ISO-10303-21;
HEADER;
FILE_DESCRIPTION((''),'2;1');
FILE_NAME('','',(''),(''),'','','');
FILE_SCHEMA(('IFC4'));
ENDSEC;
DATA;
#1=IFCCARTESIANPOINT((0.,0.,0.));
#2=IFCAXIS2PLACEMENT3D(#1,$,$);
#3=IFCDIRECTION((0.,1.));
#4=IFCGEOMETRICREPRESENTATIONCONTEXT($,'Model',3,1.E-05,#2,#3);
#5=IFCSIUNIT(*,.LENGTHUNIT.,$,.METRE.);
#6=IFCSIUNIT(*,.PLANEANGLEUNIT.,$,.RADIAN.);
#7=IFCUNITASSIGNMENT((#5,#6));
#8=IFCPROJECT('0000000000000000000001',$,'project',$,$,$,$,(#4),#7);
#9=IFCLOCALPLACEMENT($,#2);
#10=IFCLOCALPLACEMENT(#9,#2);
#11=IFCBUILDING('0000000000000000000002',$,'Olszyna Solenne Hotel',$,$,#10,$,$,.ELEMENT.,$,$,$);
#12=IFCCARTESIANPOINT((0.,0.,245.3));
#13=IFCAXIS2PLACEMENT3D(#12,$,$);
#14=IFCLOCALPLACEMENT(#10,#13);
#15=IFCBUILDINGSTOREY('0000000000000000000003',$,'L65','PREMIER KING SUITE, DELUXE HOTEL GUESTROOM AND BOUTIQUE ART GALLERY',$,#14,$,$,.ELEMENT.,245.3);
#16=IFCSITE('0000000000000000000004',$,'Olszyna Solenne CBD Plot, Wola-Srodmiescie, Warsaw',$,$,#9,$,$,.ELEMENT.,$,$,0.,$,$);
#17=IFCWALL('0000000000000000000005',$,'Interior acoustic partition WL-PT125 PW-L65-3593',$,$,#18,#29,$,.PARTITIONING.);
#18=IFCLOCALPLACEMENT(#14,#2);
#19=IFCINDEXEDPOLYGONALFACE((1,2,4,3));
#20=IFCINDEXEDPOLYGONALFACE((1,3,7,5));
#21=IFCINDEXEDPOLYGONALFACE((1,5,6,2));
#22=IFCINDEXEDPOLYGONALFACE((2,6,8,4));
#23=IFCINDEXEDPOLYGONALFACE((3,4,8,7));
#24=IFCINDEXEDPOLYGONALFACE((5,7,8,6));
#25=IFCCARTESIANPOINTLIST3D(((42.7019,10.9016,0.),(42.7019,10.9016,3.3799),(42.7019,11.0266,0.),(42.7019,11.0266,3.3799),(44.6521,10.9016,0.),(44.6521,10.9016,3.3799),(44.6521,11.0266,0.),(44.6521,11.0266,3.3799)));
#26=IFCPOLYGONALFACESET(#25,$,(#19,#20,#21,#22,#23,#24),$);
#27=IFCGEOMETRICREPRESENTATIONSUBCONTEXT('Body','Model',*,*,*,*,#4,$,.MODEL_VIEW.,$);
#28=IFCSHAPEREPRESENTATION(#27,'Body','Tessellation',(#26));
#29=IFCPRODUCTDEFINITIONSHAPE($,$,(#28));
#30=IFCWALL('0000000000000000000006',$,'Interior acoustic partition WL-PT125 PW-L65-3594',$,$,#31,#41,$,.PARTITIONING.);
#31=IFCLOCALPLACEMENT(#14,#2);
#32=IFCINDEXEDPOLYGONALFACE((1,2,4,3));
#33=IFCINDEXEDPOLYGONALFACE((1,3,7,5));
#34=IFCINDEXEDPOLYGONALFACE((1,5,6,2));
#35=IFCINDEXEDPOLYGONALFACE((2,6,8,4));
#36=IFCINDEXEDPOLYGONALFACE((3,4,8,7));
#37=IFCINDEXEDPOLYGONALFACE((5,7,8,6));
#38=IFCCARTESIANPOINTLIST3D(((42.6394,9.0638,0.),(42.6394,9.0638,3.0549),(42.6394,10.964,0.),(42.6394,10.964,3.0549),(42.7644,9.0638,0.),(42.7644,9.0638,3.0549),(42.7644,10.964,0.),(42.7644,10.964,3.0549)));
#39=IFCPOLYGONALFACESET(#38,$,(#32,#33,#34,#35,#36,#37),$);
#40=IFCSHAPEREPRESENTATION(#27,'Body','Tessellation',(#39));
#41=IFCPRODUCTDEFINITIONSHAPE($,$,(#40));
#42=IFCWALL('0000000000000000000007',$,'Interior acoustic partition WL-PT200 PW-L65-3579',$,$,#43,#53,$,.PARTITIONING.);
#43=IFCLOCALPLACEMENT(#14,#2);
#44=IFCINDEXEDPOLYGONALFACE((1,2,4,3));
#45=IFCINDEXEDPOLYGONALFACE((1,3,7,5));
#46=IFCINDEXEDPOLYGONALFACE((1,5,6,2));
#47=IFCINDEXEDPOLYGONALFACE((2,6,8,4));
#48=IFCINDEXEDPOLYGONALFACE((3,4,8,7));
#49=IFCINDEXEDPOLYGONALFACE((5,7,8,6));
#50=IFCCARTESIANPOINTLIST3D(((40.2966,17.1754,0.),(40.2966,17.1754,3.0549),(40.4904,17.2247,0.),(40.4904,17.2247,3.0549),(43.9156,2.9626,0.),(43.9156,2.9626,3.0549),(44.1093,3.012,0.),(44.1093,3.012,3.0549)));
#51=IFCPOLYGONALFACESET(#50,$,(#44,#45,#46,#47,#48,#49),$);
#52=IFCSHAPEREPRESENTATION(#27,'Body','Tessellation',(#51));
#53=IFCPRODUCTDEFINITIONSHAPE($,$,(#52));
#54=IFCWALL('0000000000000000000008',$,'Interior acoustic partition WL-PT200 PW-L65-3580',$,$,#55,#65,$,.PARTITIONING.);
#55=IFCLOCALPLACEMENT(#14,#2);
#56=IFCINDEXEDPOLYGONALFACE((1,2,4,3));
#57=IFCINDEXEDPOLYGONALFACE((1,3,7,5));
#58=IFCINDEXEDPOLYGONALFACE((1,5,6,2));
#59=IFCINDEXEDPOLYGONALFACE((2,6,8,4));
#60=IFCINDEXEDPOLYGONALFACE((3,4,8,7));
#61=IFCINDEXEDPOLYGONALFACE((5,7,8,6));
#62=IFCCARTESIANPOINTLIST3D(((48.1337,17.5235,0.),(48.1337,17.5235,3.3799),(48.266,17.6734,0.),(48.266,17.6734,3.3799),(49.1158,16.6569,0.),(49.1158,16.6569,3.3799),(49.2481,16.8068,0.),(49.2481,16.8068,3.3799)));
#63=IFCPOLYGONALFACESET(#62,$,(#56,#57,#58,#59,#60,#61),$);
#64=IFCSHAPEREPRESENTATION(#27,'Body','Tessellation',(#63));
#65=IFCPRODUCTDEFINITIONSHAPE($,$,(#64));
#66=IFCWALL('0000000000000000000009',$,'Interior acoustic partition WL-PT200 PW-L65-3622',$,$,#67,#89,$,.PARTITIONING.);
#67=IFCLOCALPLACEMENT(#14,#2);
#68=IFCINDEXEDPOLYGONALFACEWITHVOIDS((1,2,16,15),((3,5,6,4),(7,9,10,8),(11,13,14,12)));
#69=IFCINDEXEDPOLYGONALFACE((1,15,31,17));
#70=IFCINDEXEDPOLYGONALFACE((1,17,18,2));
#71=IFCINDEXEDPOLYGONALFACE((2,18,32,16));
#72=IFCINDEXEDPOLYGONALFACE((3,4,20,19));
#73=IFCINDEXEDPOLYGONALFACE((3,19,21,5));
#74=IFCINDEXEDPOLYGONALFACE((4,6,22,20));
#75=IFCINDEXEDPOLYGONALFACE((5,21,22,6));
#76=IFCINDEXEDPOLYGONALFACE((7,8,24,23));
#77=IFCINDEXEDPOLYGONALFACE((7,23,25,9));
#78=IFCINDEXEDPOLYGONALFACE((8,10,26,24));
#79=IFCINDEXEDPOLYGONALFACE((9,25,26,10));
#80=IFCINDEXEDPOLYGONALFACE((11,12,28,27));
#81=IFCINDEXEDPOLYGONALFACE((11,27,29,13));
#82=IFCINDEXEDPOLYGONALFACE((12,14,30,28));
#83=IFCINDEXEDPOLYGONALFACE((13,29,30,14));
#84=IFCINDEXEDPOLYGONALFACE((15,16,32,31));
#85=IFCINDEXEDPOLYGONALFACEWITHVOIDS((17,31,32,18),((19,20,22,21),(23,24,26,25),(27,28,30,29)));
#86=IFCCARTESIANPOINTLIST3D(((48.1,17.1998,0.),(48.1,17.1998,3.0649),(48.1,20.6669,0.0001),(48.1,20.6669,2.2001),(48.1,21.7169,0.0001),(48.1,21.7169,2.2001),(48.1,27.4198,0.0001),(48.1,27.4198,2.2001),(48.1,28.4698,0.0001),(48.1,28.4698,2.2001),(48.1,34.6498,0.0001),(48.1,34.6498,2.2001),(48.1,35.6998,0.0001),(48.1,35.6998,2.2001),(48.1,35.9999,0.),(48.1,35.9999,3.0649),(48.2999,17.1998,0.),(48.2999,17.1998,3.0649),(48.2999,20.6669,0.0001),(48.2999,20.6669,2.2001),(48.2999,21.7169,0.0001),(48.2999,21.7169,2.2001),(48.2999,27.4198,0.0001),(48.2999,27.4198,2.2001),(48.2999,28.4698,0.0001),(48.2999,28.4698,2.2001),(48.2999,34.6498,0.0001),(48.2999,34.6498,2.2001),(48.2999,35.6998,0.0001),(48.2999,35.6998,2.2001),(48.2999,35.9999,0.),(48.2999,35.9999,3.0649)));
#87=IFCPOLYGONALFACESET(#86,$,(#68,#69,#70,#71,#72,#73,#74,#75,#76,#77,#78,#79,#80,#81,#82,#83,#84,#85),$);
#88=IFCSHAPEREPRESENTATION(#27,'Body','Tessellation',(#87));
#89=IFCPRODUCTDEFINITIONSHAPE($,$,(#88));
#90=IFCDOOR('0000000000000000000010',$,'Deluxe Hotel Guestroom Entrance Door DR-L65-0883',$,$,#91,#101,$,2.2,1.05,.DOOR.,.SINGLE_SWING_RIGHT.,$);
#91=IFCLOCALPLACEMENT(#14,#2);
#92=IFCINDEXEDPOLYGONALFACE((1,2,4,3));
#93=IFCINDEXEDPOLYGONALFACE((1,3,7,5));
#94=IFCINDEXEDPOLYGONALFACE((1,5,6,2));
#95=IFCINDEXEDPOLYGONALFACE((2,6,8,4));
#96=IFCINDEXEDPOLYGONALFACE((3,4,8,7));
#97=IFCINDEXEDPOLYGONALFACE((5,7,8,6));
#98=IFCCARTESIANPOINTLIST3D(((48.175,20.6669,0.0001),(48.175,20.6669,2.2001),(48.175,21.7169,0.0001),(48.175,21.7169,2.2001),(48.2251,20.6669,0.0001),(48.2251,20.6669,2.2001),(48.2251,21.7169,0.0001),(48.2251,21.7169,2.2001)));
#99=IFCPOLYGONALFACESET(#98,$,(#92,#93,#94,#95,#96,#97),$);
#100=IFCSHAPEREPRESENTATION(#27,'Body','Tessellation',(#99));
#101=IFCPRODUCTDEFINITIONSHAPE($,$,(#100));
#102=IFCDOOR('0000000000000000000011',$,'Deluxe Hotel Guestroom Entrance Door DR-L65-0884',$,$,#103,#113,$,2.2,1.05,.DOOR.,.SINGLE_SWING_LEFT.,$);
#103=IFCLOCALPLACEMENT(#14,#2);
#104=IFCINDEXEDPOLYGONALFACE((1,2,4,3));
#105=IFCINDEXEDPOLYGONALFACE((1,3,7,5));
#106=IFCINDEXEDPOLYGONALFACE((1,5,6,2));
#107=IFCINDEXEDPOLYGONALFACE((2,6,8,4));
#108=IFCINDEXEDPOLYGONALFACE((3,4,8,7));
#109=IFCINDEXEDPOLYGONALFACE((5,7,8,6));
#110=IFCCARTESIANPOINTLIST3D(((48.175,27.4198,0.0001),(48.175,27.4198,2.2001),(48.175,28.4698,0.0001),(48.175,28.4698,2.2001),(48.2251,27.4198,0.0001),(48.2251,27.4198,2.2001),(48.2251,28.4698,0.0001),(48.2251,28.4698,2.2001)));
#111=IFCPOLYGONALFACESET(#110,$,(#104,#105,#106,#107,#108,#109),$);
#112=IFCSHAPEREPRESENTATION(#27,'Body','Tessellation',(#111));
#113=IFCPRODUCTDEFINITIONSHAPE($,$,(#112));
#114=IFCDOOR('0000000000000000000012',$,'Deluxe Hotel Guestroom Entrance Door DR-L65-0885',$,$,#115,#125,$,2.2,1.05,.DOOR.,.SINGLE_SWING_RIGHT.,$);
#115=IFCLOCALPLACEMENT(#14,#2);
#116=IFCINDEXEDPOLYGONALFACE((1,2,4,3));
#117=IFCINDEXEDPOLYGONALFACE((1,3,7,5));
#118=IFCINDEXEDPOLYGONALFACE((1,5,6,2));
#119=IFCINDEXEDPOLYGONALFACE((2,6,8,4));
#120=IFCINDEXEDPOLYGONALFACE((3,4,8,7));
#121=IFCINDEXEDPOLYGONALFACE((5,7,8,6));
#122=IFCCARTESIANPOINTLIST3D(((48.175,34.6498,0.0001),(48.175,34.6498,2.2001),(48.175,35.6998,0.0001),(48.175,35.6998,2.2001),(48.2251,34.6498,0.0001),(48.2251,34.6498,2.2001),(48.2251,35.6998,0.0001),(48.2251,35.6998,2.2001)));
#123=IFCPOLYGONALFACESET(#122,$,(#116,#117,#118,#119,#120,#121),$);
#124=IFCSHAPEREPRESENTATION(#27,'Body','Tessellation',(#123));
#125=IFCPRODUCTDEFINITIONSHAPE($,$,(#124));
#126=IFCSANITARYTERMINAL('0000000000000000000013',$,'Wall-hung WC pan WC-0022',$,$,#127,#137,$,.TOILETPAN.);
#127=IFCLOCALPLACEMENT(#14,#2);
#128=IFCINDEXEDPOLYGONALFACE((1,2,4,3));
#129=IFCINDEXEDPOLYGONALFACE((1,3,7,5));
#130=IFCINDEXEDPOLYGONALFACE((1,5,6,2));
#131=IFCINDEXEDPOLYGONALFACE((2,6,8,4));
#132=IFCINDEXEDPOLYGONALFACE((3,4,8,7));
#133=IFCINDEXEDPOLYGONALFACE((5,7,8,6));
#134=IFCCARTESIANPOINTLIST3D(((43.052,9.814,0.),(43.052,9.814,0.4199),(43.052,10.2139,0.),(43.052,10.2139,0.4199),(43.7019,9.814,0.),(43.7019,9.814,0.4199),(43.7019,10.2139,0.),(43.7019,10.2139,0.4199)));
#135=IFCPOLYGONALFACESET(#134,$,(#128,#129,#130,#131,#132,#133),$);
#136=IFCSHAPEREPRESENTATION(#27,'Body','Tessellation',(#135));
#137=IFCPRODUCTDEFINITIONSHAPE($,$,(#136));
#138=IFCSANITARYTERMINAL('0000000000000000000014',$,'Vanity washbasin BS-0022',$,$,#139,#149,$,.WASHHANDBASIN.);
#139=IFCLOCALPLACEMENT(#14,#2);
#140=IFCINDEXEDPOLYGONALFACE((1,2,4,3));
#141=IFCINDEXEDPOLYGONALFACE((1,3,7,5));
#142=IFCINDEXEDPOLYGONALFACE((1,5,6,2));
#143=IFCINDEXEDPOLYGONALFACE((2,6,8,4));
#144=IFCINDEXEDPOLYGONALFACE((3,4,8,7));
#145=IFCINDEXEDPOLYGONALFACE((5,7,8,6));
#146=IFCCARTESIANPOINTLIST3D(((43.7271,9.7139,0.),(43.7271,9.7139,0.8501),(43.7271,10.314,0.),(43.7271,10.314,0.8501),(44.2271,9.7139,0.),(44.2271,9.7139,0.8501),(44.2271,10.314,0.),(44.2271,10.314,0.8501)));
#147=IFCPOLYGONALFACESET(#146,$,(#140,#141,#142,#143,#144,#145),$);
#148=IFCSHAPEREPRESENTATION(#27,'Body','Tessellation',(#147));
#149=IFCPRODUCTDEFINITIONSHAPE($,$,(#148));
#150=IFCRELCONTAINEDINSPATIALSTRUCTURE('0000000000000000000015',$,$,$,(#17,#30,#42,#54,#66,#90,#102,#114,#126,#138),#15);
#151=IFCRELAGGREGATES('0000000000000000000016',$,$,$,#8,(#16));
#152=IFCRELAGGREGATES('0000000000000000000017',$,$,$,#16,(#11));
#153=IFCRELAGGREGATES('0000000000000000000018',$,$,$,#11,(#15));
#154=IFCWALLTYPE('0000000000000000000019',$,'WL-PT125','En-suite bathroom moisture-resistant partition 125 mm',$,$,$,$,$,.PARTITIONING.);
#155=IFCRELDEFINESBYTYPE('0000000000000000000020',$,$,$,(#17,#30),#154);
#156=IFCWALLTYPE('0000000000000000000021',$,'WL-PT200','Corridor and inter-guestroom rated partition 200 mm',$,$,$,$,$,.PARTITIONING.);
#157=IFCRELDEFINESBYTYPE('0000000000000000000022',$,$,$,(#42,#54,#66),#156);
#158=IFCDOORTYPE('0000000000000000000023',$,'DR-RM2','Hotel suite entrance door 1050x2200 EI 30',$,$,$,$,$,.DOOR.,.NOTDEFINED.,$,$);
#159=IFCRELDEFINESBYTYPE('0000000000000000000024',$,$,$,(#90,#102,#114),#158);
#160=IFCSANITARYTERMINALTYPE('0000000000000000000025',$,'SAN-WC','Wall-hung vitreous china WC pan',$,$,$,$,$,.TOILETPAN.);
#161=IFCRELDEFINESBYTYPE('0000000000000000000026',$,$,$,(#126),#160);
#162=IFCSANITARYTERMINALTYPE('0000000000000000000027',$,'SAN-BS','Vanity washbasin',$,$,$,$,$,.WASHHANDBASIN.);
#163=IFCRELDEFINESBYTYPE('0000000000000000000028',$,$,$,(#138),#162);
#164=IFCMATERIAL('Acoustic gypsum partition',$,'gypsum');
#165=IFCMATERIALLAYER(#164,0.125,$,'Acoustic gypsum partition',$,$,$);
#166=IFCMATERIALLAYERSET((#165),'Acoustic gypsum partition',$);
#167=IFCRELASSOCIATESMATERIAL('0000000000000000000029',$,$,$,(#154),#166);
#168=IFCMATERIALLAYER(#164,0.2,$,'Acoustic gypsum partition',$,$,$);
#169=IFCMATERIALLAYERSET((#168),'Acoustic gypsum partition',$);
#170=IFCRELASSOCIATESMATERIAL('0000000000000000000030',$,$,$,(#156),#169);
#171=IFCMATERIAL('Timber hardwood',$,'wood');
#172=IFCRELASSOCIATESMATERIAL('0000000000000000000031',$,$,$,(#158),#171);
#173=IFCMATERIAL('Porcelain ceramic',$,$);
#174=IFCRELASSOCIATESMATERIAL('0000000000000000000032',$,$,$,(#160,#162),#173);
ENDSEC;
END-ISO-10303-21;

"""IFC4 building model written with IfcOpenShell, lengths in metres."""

from ifc_helpers import new_model, si_unit, direction, frame, frame_2d, origin, origin_2d, place, context, subcontext, project, spatial, rectangle, extrude, source, transform, mapped, material, layer, layer_set, type_object, type_shapes, element, fill, save


model = new_model("IFC4")

# Units and contexts
model_context = context("Model", 3, precision=1e-05, world=origin(), true_north=direction((0.0, 1.0)))
body_context = subcontext(model_context, "Body", "Model", "MODEL_VIEW")
ifc_project = project(units=[si_unit("LENGTHUNIT", "METRE"), si_unit("PLANEANGLEUNIT", "RADIAN")], contexts=[model_context])

# Site, building, storey
site_placement = place(None, origin())
site = spatial("IfcSite", under=ifc_project, at=site_placement, Name="Olszyna Solenne CBD Plot, Wola-Srodmiescie, Warsaw", CompositionType="ELEMENT", RefElevation=0.0)
building_placement = place(site_placement, origin())
building = spatial("IfcBuilding", under=site, at=building_placement, Name="Olszyna Solenne Hotel", CompositionType="ELEMENT")
storey_placement = place(building_placement, frame((0.0, 0.0, 245.3)))
storey = spatial("IfcBuildingStorey", under=building, at=storey_placement, Name="L65", Description="PREMIER KING SUITE, DELUXE HOTEL GUESTROOM AND BOUTIQUE ART GALLERY", CompositionType="ELEMENT", Elevation=245.3)

# Shared definitions
ifc_material_1 = material(Name="Acoustic gypsum partition", Category="gypsum")
ifc_layer_1 = layer(ifc_material_1, 0.125, Name="Acoustic gypsum partition")
ifc_layer_set_1 = layer_set([ifc_layer_1], Name="Acoustic gypsum partition")
wall_type_1 = type_object("IfcWallType", Name="WL-PT125", Description="En-suite bathroom moisture-resistant partition 125 mm", PredefinedType="PARTITIONING", material=ifc_layer_set_1)

# Shared definitions
ifc_material_2 = material(Name="Timber hardwood", Category="wood")

# Walls
wall_1_placement = place(storey_placement, frame((44.6521, 10.9641, 0.0), z_axis=(0.0, 0.0, 1.0), x_axis=(-1.0, 0.0, 0.0)))
element("IfcWall", 1, at=wall_1_placement, inside=storey, type_object=wall_type_1, Name="Interior acoustic partition WL-PT125 PW-L65-3593", PredefinedType="PARTITIONING", context=body_context, shape_type="SweptSolid", body=[
    extrude(rectangle(XDim=1.9502, YDim=0.125, at=frame_2d((0.9751, 0.0))), origin(), (0.0, 0.0, 1.0), 3.3799),
])
wall_2_placement = place(storey_placement, frame((42.7019, 10.9641, 0.0), z_axis=(0.0, 0.0, 1.0), x_axis=(0.0, -1.0, 0.0)))
element("IfcWall", 2, at=wall_2_placement, inside=storey, type_object=wall_type_1, Name="Interior acoustic partition WL-PT125 PW-L65-3594", PredefinedType="PARTITIONING", context=body_context, shape_type="SweptSolid", body=[
    extrude(rectangle(XDim=1.9001, YDim=0.125, at=frame_2d((0.9502, 0.0))), origin(), (0.0, 0.0, 1.0), 3.0549),
])
ifc_layer_2 = layer(ifc_material_1, 0.2, Name="Acoustic gypsum partition")
ifc_layer_set_2 = layer_set([ifc_layer_2], Name="Acoustic gypsum partition")
wall_type_2 = type_object("IfcWallType", Name="WL-PT200", Description="Corridor and inter-guestroom rated partition 200 mm", PredefinedType="PARTITIONING", material=ifc_layer_set_2)
wall_3_placement = place(storey_placement, frame((40.3936, 17.2, 0.0), z_axis=(0.0, 0.0, 1.0), x_axis=(0.246752, -0.969079, 0.0)))
element("IfcWall", 3, at=wall_3_placement, inside=storey, type_object=wall_type_2, Name="Interior acoustic partition WL-PT200 PW-L65-3579", PredefinedType="PARTITIONING", context=body_context, shape_type="SweptSolid", body=[
    extrude(rectangle(XDim=14.6663, YDim=0.2, at=frame_2d((7.333, 0.0))), origin(), (0.0, 0.0, 1.0), 3.0549),
])
wall_4_placement = place(storey_placement, frame((48.2, 17.5984, 0.0), z_axis=(0.0, 0.0, 1.0), x_axis=(0.749811, -0.661652, 0.0)))
element("IfcWall", 4, at=wall_4_placement, inside=storey, type_object=wall_type_2, Name="Interior acoustic partition WL-PT200 PW-L65-3580", PredefinedType="PARTITIONING", context=body_context, shape_type="SweptSolid", body=[
    extrude(rectangle(XDim=1.3098, YDim=0.2, at=frame_2d((0.6548, 0.0))), origin(), (0.0, 0.0, 1.0), 3.3799),
])

# Wall, openings, doors
wall_5_placement = place(storey_placement, frame((48.2, 17.2, 0.0), z_axis=(0.0, 0.0, 1.0), x_axis=(0.0, 1.0, 0.0)))
wall_5 = element("IfcWall", 5, at=wall_5_placement, inside=storey, type_object=wall_type_2, Name="Interior acoustic partition WL-PT200 PW-L65-3622", PredefinedType="PARTITIONING", context=body_context, shape_type="SweptSolid", body=[
    extrude(rectangle(XDim=18.8, YDim=0.2, at=frame_2d((9.3999, 0.0))), origin(), (0.0, 0.0, 1.0), 3.0649),
])
opening_1_placement = place(wall_5_placement, frame((3.467, 0.0, 0.0)))
opening_1 = element("IfcOpeningElement", 6, at=opening_1_placement, cuts=wall_5, PredefinedType="OPENING", context=body_context, shape_type="SweptSolid", body=[
    extrude(rectangle(XDim=1.05, YDim=2.2, at=frame_2d((0.5249, 1.1001))), frame((0.0, 0.1099, 0.0), z_axis=(0.0, -1.0, 0.0), x_axis=(1.0, 0.0, 0.0)), (0.0, 0.0, 1.0), 0.22),
])
opening_2_placement = place(wall_5_placement, frame((10.22, 0.0, 0.0)))
opening_2 = element("IfcOpeningElement", 7, at=opening_2_placement, cuts=wall_5, PredefinedType="OPENING", context=body_context, shape_type="SweptSolid", body=[
    extrude(rectangle(XDim=1.05, YDim=2.2, at=frame_2d((0.5249, 1.1001))), frame((0.0, 0.1099, 0.0), z_axis=(0.0, -1.0, 0.0), x_axis=(1.0, 0.0, 0.0)), (0.0, 0.0, 1.0), 0.22),
])
opening_3_placement = place(wall_5_placement, frame((17.45, 0.0, 0.0)))
opening_3 = element("IfcOpeningElement", 8, at=opening_3_placement, cuts=wall_5, PredefinedType="OPENING", context=body_context, shape_type="SweptSolid", body=[
    extrude(rectangle(XDim=1.05, YDim=2.2, at=frame_2d((0.5249, 1.1001))), frame((0.0, 0.1099, 0.0), z_axis=(0.0, -1.0, 0.0), x_axis=(1.0, 0.0, 0.0)), (0.0, 0.0, 1.0), 0.22),
])
door_type_1 = type_object("IfcDoorType", Name="DR-RM2", Description="Hotel suite entrance door 1050x2200 EI 30", OperationType="NOTDEFINED", PredefinedType="DOOR", material=ifc_material_2)
shared_shape_1 = source(origin(), body_context, "Body", "SweptSolid", [
    extrude(rectangle(XDim=1.05, YDim=2.2, at=frame_2d((0.5249, 1.1001))), frame((0.0, 0.0249, 0.0), z_axis=(0.0, -1.0, 0.0), x_axis=(1.0, 0.0, 0.0)), (0.0, 0.0, 1.0), 0.05),
])
type_shapes(door_type_1, [shared_shape_1])
door_1_placement = place(opening_1_placement, origin())
door_1 = element("IfcDoor", 9, at=door_1_placement, inside=storey, type_object=door_type_1, Name="Deluxe Hotel Guestroom Entrance Door DR-L65-0883", OperationType="SINGLE_SWING_RIGHT", OverallHeight=2.2, OverallWidth=1.05, PredefinedType="DOOR", context=body_context, shape_type="MappedRepresentation", body=[
    mapped(shared_shape_1, transform((0.0, 0.0, 0.0), x_axis=(1.0, 0.0, 0.0), y_axis=(0.0, 1.0, 0.0), z_axis=(0.0, 0.0, 1.0), scale=1.0)),
])
fill(opening_1, door_1)
door_2_placement = place(opening_2_placement, origin())
door_2 = element("IfcDoor", 10, at=door_2_placement, inside=storey, type_object=door_type_1, Name="Deluxe Hotel Guestroom Entrance Door DR-L65-0884", OperationType="SINGLE_SWING_LEFT", OverallHeight=2.2, OverallWidth=1.05, PredefinedType="DOOR", context=body_context, shape_type="MappedRepresentation", body=[
    mapped(shared_shape_1, transform((0.0, 0.0, 0.0), x_axis=(1.0, 0.0, 0.0), y_axis=(0.0, 1.0, 0.0), z_axis=(0.0, 0.0, 1.0), scale=1.0)),
])
fill(opening_2, door_2)
door_3_placement = place(opening_3_placement, origin())
door_3 = element("IfcDoor", 11, at=door_3_placement, inside=storey, type_object=door_type_1, Name="Deluxe Hotel Guestroom Entrance Door DR-L65-0885", OperationType="SINGLE_SWING_RIGHT", OverallHeight=2.2, OverallWidth=1.05, PredefinedType="DOOR", context=body_context, shape_type="MappedRepresentation", body=[
    mapped(shared_shape_1, transform((0.0, 0.0, 0.0), x_axis=(1.0, 0.0, 0.0), y_axis=(0.0, 1.0, 0.0), z_axis=(0.0, 0.0, 1.0), scale=1.0)),
])
fill(opening_3, door_3)

# Sanitary terminals
ifc_material_3 = material(Name="Porcelain ceramic")
sanitary_terminal_type_1 = type_object("IfcSanitaryTerminalType", Name="SAN-WC", Description="Wall-hung vitreous china WC pan", PredefinedType="TOILETPAN", material=ifc_material_3)
shared_shape_2 = source(origin(), body_context, "Body", "SweptSolid", [
    extrude(rectangle(XDim=0.6499, YDim=0.3999, at=origin_2d()), origin(), (0.0, 0.0, 1.0), 0.4199),
])
sanitary_terminal_1_placement = place(storey_placement, frame((43.377, 10.0139, 0.0), z_axis=(0.0, 0.0, 1.0), x_axis=(1.0, 0.0, 0.0)))
element("IfcSanitaryTerminal", 12, at=sanitary_terminal_1_placement, inside=storey, type_object=sanitary_terminal_type_1, Name="Wall-hung WC pan WC-0022", PredefinedType="TOILETPAN", context=body_context, shape_type="MappedRepresentation", body=[
    mapped(shared_shape_2, transform((0.0, 0.0, 0.0), x_axis=(1.0, 0.0, 0.0), y_axis=(0.0, 1.0, 0.0), z_axis=(0.0, 0.0, 1.0), scale=1.0)),
])
sanitary_terminal_type_2 = type_object("IfcSanitaryTerminalType", Name="SAN-BS", Description="Vanity washbasin", PredefinedType="WASHHANDBASIN", material=ifc_material_3)
shared_shape_3 = source(origin(), body_context, "Body", "SweptSolid", [
    extrude(rectangle(XDim=0.5, YDim=0.6001, at=origin_2d()), origin(), (0.0, 0.0, 1.0), 0.8501),
])
sanitary_terminal_2_placement = place(storey_placement, frame((43.9771, 10.0139, 0.0), z_axis=(0.0, 0.0, 1.0), x_axis=(1.0, 0.0, 0.0)))
element("IfcSanitaryTerminal", 13, at=sanitary_terminal_2_placement, inside=storey, type_object=sanitary_terminal_type_2, Name="Vanity washbasin BS-0022", PredefinedType="WASHHANDBASIN", context=body_context, shape_type="MappedRepresentation", body=[
    mapped(shared_shape_3, transform((0.0, 0.0, 0.0), x_axis=(1.0, 0.0, 0.0), y_axis=(0.0, 1.0, 0.0), z_axis=(0.0, 0.0, 1.0), scale=1.0)),
])

save(model, "model.ifc")
